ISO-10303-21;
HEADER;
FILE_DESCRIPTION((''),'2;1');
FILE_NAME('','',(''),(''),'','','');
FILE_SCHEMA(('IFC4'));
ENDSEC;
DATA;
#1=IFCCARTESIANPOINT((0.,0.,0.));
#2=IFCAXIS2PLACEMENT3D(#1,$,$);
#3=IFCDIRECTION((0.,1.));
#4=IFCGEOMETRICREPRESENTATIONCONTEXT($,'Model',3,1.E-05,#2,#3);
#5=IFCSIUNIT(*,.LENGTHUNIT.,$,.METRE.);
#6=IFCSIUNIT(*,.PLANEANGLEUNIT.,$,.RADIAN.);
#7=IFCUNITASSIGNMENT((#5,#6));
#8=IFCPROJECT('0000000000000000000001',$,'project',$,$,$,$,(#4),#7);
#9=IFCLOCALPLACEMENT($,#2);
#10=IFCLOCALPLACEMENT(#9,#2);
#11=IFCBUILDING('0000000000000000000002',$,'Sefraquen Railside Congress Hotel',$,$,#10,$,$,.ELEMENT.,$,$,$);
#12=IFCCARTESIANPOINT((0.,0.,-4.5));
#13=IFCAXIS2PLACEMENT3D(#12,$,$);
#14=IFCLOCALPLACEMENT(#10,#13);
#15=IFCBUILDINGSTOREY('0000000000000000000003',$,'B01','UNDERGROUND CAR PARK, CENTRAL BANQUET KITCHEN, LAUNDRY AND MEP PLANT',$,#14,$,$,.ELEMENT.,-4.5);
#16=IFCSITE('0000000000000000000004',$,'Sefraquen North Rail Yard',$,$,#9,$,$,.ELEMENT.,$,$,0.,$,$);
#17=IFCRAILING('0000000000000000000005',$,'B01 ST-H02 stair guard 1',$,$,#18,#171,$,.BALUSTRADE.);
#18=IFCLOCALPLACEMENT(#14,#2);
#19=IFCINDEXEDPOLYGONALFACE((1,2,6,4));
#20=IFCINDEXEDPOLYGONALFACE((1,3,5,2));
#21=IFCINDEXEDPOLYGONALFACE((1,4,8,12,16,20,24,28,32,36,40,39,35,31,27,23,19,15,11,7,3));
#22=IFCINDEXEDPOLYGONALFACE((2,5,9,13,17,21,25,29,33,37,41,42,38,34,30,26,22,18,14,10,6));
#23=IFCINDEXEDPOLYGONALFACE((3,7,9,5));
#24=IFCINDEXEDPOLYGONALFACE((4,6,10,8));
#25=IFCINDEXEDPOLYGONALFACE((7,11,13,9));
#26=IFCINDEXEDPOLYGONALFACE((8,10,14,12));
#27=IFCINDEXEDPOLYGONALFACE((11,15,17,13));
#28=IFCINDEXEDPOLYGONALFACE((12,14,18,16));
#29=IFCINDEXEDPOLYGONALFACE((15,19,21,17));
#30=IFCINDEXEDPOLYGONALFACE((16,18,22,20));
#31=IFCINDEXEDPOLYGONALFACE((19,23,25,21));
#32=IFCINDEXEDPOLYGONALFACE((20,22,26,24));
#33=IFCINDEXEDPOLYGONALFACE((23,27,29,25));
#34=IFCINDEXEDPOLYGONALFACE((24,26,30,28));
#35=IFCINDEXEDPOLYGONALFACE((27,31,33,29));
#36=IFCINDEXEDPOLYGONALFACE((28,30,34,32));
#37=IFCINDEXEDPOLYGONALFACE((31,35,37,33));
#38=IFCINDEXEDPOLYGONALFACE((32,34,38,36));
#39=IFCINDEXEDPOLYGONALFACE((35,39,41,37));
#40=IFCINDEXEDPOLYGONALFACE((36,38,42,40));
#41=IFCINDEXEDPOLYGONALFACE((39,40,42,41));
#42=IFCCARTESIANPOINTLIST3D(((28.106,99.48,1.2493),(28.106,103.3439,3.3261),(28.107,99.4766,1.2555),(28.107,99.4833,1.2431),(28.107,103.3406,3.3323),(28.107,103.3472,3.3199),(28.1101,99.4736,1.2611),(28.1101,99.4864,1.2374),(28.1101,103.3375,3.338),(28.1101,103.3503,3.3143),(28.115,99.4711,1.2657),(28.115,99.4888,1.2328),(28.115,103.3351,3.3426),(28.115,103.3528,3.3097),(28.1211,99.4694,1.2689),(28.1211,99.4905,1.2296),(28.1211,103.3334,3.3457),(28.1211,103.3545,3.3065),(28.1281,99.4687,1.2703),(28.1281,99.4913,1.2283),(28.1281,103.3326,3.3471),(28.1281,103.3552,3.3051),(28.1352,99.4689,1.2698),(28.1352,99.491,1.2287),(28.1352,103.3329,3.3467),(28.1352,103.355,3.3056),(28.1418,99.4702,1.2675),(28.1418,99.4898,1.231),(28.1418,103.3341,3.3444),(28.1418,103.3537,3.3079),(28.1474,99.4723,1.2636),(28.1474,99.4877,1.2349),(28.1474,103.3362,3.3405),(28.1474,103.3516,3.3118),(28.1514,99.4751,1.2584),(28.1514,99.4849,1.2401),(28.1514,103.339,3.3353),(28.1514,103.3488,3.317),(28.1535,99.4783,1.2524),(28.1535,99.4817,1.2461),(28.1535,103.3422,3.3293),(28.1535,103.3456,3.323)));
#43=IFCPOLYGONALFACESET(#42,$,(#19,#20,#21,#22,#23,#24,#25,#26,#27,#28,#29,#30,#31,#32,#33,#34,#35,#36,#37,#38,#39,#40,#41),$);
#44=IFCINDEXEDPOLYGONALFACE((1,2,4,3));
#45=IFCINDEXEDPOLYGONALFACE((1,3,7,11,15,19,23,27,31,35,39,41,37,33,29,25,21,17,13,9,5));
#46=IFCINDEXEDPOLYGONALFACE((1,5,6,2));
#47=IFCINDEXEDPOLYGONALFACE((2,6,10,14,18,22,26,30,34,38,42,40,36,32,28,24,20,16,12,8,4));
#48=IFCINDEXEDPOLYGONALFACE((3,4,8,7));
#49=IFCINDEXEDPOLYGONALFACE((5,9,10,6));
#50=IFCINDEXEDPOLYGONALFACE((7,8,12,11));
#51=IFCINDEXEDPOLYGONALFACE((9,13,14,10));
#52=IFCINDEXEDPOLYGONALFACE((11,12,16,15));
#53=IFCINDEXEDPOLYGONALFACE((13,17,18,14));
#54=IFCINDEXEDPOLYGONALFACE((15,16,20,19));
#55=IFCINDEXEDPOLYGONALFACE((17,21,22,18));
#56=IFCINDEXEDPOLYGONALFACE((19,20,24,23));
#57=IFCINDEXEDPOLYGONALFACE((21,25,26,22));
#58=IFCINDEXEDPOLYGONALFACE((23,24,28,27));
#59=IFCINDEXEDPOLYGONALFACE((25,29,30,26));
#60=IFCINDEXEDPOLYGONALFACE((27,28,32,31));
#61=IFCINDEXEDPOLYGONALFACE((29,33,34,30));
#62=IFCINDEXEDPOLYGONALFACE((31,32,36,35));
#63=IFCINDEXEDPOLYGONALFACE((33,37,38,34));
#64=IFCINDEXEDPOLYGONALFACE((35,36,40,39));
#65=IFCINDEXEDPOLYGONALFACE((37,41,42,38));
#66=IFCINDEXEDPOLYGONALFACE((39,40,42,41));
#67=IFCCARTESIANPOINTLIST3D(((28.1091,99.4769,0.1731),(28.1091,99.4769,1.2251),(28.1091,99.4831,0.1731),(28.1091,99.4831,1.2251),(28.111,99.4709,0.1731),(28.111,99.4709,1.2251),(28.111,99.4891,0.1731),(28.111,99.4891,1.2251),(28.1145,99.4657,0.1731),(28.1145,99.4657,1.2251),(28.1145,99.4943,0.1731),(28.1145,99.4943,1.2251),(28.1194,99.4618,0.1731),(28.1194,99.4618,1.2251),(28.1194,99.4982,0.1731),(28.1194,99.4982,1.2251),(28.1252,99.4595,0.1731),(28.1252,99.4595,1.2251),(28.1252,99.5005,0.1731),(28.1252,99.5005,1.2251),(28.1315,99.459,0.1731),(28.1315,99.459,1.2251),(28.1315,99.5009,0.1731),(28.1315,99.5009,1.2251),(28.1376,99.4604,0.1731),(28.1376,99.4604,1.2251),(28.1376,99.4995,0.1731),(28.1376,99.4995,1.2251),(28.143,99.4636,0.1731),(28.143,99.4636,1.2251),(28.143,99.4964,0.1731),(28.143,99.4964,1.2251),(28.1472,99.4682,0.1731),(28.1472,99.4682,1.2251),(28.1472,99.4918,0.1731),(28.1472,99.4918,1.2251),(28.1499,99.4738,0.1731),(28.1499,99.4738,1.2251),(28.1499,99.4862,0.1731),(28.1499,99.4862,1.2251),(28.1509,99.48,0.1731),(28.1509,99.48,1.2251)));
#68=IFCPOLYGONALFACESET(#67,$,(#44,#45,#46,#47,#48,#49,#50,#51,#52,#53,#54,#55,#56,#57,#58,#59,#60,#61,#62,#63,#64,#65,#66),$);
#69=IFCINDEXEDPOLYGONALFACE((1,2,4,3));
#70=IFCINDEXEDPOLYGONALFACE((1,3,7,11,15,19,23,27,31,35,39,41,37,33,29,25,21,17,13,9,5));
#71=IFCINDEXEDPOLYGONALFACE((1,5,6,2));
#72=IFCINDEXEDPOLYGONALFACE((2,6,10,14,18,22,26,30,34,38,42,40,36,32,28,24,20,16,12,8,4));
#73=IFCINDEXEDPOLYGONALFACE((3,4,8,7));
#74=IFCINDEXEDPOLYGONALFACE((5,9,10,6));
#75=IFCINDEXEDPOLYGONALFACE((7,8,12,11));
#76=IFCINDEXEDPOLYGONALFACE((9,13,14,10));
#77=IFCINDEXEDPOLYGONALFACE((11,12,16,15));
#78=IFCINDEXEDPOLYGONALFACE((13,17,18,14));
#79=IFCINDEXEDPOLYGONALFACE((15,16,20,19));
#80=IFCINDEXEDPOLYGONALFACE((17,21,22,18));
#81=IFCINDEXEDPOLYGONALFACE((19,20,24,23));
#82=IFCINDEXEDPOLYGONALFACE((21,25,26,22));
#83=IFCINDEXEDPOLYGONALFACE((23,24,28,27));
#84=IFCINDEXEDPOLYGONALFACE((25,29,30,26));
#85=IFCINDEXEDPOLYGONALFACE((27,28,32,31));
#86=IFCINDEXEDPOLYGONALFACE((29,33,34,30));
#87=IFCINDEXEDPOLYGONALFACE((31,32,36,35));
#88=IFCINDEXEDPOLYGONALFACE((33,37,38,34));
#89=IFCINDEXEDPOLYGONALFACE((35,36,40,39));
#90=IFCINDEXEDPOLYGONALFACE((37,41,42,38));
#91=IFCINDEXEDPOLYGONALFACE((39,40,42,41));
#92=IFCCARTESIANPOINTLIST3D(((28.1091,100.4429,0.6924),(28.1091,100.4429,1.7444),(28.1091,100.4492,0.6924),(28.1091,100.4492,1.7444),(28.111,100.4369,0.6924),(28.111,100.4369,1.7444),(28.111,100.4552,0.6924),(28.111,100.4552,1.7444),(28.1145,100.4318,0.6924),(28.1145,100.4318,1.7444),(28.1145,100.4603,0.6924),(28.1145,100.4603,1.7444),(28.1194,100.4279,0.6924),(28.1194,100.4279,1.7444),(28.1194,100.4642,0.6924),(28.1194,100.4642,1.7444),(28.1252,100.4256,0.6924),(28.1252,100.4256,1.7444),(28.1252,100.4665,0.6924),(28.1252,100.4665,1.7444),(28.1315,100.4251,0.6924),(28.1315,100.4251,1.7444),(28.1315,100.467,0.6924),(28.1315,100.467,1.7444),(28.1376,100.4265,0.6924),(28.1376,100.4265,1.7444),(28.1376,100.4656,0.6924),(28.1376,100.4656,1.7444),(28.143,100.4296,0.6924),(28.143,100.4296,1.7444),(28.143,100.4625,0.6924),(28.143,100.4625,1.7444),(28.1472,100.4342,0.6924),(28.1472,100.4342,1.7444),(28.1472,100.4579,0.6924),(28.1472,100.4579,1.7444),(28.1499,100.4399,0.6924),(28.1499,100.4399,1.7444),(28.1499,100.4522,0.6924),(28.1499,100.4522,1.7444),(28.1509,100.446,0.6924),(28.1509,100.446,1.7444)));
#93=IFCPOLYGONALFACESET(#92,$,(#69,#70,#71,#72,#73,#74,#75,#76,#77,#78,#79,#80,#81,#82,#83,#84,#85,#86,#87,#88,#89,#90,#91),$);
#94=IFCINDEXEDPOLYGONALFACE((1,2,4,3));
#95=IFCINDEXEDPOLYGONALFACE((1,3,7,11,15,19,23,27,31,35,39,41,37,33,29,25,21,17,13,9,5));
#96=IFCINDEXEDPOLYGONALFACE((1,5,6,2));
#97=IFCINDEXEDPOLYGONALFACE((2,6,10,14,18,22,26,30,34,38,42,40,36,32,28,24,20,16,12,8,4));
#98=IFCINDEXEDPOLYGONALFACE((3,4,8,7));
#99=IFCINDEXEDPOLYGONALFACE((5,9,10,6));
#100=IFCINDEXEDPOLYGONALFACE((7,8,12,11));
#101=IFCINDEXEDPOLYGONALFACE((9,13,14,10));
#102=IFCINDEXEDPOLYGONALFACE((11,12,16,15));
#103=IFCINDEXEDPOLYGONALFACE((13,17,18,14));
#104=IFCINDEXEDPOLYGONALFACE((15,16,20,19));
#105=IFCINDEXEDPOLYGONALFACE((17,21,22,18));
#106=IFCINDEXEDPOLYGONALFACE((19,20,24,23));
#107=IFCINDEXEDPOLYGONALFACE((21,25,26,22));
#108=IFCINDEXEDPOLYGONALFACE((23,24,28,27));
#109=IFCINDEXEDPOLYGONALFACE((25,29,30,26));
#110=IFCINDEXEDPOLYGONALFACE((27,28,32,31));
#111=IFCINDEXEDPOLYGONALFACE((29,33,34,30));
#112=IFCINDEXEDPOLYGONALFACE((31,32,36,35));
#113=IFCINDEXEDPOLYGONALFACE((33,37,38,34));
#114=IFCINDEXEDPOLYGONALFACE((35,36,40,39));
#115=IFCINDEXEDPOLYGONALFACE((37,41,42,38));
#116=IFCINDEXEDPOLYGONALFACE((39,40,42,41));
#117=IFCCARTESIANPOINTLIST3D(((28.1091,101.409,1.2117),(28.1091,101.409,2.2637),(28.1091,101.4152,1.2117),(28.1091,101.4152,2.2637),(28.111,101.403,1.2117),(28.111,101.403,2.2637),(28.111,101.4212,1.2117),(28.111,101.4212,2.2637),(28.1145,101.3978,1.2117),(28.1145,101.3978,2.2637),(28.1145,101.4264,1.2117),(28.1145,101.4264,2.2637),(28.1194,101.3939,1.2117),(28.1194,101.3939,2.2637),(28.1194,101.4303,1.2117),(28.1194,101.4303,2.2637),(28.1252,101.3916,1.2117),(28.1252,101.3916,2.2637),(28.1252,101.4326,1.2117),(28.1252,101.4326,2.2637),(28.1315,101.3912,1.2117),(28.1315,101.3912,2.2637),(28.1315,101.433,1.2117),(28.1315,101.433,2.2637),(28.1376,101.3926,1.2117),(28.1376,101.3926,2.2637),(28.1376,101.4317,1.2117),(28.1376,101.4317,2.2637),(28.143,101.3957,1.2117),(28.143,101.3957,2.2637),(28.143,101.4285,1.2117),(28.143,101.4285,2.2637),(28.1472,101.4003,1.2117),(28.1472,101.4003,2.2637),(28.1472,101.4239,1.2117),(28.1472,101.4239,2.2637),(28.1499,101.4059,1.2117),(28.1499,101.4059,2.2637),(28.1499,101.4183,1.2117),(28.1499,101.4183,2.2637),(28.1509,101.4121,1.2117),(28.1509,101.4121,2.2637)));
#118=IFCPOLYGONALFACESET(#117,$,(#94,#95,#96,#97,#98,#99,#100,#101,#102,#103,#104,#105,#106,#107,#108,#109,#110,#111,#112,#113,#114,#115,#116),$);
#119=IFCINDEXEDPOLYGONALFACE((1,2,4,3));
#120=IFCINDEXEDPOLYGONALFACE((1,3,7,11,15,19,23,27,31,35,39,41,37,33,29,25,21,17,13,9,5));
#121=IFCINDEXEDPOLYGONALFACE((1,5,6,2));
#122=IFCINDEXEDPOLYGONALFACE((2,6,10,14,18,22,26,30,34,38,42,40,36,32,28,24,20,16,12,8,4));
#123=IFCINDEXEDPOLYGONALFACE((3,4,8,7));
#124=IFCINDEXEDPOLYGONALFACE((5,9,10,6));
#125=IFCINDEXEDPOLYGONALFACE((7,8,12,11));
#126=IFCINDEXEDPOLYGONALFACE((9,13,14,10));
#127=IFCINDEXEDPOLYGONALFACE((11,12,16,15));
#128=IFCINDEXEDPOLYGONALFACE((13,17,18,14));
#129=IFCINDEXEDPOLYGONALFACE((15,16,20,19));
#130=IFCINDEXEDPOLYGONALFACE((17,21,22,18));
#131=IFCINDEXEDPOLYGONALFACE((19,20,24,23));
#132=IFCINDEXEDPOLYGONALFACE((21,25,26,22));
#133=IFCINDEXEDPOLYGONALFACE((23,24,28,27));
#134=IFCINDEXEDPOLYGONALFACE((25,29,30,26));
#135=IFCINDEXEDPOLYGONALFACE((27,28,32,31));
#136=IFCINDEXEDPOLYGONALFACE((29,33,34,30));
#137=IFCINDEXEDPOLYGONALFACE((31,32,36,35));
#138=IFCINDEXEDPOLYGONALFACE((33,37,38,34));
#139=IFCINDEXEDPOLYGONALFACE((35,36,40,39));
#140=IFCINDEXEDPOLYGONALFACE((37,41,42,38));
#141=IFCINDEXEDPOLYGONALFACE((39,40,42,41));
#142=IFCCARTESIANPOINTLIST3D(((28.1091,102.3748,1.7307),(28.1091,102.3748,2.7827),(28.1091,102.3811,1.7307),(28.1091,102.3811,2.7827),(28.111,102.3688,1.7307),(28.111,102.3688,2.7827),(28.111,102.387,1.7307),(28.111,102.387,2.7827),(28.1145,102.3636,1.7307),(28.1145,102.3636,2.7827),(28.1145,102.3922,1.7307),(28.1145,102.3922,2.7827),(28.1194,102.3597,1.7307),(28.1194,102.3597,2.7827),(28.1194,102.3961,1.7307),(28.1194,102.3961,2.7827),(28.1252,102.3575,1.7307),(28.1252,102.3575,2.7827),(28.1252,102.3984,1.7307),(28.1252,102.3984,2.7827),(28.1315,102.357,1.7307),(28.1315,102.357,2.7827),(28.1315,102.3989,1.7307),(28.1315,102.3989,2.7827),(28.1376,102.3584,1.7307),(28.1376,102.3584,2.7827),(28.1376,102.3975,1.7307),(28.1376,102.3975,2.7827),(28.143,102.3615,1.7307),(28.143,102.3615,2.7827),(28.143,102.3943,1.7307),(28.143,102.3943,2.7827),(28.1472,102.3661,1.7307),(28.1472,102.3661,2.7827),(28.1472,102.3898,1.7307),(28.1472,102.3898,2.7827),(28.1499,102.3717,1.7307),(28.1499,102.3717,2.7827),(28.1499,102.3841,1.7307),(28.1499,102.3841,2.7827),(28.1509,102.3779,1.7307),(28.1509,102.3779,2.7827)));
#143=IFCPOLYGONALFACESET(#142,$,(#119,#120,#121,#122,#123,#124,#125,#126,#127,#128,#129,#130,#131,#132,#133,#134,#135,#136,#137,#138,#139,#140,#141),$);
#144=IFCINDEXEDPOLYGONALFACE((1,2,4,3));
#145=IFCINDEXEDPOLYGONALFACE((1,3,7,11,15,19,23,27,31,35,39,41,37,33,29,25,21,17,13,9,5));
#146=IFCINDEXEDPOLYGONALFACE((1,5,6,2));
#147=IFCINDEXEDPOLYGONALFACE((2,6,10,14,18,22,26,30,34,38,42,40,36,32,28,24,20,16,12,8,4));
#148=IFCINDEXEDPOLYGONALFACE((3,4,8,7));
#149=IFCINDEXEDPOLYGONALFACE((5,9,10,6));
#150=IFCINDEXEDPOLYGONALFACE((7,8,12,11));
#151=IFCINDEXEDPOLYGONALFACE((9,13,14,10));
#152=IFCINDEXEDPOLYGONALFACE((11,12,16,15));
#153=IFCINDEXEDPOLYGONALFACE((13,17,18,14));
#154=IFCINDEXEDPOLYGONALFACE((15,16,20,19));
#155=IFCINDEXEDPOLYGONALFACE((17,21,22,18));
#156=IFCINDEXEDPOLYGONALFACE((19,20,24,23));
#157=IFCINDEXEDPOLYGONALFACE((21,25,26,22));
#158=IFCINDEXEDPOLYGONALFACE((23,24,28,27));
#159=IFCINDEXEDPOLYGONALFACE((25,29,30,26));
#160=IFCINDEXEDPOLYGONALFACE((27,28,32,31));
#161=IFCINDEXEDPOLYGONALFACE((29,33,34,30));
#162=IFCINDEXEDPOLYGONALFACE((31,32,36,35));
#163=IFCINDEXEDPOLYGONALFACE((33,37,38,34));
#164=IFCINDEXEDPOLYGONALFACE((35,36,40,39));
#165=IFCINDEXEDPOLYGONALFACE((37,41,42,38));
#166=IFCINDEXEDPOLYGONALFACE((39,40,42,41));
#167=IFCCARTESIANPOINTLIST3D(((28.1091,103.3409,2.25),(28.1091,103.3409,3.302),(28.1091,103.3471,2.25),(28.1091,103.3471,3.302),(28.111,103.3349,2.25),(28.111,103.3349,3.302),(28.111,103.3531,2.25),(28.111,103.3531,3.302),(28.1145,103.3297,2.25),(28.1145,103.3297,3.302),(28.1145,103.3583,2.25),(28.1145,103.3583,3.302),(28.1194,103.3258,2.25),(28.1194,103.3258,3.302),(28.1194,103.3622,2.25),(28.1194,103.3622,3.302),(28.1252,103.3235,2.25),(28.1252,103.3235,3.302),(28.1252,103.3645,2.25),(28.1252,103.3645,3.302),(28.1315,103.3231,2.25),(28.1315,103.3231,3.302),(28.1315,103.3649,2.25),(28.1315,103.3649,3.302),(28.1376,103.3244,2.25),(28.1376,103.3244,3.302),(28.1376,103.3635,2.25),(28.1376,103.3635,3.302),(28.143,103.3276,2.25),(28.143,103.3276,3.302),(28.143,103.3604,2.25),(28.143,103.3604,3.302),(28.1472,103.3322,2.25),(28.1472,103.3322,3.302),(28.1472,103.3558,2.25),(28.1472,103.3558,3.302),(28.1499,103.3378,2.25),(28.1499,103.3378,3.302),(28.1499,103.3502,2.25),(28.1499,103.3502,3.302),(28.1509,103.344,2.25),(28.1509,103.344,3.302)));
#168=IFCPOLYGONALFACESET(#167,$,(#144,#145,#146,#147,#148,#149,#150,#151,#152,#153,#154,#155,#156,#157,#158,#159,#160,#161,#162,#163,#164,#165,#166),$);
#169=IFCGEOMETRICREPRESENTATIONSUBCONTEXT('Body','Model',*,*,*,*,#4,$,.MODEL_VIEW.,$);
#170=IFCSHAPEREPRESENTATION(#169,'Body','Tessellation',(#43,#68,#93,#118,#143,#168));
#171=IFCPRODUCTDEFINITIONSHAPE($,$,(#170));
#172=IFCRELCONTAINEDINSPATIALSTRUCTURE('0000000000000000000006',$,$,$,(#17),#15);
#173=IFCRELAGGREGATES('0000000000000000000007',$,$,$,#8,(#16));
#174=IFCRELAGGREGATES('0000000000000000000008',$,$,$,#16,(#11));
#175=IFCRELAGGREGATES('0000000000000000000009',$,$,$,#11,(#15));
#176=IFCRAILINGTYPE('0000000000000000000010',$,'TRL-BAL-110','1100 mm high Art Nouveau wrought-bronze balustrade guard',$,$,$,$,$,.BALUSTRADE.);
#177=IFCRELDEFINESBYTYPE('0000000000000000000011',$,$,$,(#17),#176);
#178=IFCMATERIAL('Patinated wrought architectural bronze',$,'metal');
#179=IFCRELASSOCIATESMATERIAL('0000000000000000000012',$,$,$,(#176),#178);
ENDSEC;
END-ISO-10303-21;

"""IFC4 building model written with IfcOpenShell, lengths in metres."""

from ifc_helpers import new_model, si_unit, direction, frame, origin, origin_2d, place, context, subcontext, project, spatial, circle, extrude, material, type_object, element, save


model = new_model("IFC4")

# Units and contexts
model_context = context("Model", 3, precision=1e-05, world=origin(), true_north=direction((0.0, 1.0)))
body_context = subcontext(model_context, "Body", "Model", "MODEL_VIEW")
ifc_project = project(units=[si_unit("LENGTHUNIT", "METRE"), si_unit("PLANEANGLEUNIT", "RADIAN")], contexts=[model_context])

# Site, building, storey
site_placement = place(None, origin())
site = spatial("IfcSite", under=ifc_project, at=site_placement, Name="Sefraquen North Rail Yard", CompositionType="ELEMENT", RefElevation=0.0)
building_placement = place(site_placement, origin())
building = spatial("IfcBuilding", under=site, at=building_placement, Name="Sefraquen Railside Congress Hotel", CompositionType="ELEMENT")
storey_placement = place(building_placement, frame((0.0, 0.0, -4.5)))
storey = spatial("IfcBuildingStorey", under=building, at=storey_placement, Name="B01", Description="UNDERGROUND CAR PARK, CENTRAL BANQUET KITCHEN, LAUNDRY AND MEP PLANT", CompositionType="ELEMENT", Elevation=-4.5)

# Railing
ifc_material_1 = material(Name="Patinated wrought architectural bronze", Category="metal")
railing_type_1 = type_object("IfcRailingType", Name="TRL-BAL-110", Description="1100 mm high Art Nouveau wrought-bronze balustrade guard", PredefinedType="BALUSTRADE", material=ifc_material_1)
railing_1_placement = place(storey_placement, frame((28.1299, 99.48, 0.1731)))
element("IfcRailing", 1, at=railing_1_placement, inside=storey, type_object=railing_type_1, Name="B01 ST-H02 stair guard 1", PredefinedType="BALUSTRADE", context=body_context, shape_type="SweptSolid", body=[
    extrude(circle(Radius=0.0239, at=origin_2d()), frame((0.0, 0.0, 1.0762), z_axis=(0.0, 0.880825, 0.473443), x_axis=(-1.0, 0.0, 0.0)), (0.0, 0.0, 1.0), 4.3867),
    extrude(circle(Radius=0.021, at=origin_2d()), origin(), (0.0, 0.0, 1.0), 1.052),
    extrude(circle(Radius=0.021, at=origin_2d()), frame((0.0, 0.9661, 0.5193)), (0.0, 0.0, 1.0), 1.052),
    extrude(circle(Radius=0.021, at=origin_2d()), frame((0.0, 1.9321, 1.0386)), (0.0, 0.0, 1.0), 1.052),
    extrude(circle(Radius=0.021, at=origin_2d()), frame((0.0, 2.8979, 1.5576)), (0.0, 0.0, 1.0), 1.052),
    extrude(circle(Radius=0.021, at=origin_2d()), frame((0.0, 3.864, 2.0769)), (0.0, 0.0, 1.0), 1.052),
])

save(model, "model.ifc")
